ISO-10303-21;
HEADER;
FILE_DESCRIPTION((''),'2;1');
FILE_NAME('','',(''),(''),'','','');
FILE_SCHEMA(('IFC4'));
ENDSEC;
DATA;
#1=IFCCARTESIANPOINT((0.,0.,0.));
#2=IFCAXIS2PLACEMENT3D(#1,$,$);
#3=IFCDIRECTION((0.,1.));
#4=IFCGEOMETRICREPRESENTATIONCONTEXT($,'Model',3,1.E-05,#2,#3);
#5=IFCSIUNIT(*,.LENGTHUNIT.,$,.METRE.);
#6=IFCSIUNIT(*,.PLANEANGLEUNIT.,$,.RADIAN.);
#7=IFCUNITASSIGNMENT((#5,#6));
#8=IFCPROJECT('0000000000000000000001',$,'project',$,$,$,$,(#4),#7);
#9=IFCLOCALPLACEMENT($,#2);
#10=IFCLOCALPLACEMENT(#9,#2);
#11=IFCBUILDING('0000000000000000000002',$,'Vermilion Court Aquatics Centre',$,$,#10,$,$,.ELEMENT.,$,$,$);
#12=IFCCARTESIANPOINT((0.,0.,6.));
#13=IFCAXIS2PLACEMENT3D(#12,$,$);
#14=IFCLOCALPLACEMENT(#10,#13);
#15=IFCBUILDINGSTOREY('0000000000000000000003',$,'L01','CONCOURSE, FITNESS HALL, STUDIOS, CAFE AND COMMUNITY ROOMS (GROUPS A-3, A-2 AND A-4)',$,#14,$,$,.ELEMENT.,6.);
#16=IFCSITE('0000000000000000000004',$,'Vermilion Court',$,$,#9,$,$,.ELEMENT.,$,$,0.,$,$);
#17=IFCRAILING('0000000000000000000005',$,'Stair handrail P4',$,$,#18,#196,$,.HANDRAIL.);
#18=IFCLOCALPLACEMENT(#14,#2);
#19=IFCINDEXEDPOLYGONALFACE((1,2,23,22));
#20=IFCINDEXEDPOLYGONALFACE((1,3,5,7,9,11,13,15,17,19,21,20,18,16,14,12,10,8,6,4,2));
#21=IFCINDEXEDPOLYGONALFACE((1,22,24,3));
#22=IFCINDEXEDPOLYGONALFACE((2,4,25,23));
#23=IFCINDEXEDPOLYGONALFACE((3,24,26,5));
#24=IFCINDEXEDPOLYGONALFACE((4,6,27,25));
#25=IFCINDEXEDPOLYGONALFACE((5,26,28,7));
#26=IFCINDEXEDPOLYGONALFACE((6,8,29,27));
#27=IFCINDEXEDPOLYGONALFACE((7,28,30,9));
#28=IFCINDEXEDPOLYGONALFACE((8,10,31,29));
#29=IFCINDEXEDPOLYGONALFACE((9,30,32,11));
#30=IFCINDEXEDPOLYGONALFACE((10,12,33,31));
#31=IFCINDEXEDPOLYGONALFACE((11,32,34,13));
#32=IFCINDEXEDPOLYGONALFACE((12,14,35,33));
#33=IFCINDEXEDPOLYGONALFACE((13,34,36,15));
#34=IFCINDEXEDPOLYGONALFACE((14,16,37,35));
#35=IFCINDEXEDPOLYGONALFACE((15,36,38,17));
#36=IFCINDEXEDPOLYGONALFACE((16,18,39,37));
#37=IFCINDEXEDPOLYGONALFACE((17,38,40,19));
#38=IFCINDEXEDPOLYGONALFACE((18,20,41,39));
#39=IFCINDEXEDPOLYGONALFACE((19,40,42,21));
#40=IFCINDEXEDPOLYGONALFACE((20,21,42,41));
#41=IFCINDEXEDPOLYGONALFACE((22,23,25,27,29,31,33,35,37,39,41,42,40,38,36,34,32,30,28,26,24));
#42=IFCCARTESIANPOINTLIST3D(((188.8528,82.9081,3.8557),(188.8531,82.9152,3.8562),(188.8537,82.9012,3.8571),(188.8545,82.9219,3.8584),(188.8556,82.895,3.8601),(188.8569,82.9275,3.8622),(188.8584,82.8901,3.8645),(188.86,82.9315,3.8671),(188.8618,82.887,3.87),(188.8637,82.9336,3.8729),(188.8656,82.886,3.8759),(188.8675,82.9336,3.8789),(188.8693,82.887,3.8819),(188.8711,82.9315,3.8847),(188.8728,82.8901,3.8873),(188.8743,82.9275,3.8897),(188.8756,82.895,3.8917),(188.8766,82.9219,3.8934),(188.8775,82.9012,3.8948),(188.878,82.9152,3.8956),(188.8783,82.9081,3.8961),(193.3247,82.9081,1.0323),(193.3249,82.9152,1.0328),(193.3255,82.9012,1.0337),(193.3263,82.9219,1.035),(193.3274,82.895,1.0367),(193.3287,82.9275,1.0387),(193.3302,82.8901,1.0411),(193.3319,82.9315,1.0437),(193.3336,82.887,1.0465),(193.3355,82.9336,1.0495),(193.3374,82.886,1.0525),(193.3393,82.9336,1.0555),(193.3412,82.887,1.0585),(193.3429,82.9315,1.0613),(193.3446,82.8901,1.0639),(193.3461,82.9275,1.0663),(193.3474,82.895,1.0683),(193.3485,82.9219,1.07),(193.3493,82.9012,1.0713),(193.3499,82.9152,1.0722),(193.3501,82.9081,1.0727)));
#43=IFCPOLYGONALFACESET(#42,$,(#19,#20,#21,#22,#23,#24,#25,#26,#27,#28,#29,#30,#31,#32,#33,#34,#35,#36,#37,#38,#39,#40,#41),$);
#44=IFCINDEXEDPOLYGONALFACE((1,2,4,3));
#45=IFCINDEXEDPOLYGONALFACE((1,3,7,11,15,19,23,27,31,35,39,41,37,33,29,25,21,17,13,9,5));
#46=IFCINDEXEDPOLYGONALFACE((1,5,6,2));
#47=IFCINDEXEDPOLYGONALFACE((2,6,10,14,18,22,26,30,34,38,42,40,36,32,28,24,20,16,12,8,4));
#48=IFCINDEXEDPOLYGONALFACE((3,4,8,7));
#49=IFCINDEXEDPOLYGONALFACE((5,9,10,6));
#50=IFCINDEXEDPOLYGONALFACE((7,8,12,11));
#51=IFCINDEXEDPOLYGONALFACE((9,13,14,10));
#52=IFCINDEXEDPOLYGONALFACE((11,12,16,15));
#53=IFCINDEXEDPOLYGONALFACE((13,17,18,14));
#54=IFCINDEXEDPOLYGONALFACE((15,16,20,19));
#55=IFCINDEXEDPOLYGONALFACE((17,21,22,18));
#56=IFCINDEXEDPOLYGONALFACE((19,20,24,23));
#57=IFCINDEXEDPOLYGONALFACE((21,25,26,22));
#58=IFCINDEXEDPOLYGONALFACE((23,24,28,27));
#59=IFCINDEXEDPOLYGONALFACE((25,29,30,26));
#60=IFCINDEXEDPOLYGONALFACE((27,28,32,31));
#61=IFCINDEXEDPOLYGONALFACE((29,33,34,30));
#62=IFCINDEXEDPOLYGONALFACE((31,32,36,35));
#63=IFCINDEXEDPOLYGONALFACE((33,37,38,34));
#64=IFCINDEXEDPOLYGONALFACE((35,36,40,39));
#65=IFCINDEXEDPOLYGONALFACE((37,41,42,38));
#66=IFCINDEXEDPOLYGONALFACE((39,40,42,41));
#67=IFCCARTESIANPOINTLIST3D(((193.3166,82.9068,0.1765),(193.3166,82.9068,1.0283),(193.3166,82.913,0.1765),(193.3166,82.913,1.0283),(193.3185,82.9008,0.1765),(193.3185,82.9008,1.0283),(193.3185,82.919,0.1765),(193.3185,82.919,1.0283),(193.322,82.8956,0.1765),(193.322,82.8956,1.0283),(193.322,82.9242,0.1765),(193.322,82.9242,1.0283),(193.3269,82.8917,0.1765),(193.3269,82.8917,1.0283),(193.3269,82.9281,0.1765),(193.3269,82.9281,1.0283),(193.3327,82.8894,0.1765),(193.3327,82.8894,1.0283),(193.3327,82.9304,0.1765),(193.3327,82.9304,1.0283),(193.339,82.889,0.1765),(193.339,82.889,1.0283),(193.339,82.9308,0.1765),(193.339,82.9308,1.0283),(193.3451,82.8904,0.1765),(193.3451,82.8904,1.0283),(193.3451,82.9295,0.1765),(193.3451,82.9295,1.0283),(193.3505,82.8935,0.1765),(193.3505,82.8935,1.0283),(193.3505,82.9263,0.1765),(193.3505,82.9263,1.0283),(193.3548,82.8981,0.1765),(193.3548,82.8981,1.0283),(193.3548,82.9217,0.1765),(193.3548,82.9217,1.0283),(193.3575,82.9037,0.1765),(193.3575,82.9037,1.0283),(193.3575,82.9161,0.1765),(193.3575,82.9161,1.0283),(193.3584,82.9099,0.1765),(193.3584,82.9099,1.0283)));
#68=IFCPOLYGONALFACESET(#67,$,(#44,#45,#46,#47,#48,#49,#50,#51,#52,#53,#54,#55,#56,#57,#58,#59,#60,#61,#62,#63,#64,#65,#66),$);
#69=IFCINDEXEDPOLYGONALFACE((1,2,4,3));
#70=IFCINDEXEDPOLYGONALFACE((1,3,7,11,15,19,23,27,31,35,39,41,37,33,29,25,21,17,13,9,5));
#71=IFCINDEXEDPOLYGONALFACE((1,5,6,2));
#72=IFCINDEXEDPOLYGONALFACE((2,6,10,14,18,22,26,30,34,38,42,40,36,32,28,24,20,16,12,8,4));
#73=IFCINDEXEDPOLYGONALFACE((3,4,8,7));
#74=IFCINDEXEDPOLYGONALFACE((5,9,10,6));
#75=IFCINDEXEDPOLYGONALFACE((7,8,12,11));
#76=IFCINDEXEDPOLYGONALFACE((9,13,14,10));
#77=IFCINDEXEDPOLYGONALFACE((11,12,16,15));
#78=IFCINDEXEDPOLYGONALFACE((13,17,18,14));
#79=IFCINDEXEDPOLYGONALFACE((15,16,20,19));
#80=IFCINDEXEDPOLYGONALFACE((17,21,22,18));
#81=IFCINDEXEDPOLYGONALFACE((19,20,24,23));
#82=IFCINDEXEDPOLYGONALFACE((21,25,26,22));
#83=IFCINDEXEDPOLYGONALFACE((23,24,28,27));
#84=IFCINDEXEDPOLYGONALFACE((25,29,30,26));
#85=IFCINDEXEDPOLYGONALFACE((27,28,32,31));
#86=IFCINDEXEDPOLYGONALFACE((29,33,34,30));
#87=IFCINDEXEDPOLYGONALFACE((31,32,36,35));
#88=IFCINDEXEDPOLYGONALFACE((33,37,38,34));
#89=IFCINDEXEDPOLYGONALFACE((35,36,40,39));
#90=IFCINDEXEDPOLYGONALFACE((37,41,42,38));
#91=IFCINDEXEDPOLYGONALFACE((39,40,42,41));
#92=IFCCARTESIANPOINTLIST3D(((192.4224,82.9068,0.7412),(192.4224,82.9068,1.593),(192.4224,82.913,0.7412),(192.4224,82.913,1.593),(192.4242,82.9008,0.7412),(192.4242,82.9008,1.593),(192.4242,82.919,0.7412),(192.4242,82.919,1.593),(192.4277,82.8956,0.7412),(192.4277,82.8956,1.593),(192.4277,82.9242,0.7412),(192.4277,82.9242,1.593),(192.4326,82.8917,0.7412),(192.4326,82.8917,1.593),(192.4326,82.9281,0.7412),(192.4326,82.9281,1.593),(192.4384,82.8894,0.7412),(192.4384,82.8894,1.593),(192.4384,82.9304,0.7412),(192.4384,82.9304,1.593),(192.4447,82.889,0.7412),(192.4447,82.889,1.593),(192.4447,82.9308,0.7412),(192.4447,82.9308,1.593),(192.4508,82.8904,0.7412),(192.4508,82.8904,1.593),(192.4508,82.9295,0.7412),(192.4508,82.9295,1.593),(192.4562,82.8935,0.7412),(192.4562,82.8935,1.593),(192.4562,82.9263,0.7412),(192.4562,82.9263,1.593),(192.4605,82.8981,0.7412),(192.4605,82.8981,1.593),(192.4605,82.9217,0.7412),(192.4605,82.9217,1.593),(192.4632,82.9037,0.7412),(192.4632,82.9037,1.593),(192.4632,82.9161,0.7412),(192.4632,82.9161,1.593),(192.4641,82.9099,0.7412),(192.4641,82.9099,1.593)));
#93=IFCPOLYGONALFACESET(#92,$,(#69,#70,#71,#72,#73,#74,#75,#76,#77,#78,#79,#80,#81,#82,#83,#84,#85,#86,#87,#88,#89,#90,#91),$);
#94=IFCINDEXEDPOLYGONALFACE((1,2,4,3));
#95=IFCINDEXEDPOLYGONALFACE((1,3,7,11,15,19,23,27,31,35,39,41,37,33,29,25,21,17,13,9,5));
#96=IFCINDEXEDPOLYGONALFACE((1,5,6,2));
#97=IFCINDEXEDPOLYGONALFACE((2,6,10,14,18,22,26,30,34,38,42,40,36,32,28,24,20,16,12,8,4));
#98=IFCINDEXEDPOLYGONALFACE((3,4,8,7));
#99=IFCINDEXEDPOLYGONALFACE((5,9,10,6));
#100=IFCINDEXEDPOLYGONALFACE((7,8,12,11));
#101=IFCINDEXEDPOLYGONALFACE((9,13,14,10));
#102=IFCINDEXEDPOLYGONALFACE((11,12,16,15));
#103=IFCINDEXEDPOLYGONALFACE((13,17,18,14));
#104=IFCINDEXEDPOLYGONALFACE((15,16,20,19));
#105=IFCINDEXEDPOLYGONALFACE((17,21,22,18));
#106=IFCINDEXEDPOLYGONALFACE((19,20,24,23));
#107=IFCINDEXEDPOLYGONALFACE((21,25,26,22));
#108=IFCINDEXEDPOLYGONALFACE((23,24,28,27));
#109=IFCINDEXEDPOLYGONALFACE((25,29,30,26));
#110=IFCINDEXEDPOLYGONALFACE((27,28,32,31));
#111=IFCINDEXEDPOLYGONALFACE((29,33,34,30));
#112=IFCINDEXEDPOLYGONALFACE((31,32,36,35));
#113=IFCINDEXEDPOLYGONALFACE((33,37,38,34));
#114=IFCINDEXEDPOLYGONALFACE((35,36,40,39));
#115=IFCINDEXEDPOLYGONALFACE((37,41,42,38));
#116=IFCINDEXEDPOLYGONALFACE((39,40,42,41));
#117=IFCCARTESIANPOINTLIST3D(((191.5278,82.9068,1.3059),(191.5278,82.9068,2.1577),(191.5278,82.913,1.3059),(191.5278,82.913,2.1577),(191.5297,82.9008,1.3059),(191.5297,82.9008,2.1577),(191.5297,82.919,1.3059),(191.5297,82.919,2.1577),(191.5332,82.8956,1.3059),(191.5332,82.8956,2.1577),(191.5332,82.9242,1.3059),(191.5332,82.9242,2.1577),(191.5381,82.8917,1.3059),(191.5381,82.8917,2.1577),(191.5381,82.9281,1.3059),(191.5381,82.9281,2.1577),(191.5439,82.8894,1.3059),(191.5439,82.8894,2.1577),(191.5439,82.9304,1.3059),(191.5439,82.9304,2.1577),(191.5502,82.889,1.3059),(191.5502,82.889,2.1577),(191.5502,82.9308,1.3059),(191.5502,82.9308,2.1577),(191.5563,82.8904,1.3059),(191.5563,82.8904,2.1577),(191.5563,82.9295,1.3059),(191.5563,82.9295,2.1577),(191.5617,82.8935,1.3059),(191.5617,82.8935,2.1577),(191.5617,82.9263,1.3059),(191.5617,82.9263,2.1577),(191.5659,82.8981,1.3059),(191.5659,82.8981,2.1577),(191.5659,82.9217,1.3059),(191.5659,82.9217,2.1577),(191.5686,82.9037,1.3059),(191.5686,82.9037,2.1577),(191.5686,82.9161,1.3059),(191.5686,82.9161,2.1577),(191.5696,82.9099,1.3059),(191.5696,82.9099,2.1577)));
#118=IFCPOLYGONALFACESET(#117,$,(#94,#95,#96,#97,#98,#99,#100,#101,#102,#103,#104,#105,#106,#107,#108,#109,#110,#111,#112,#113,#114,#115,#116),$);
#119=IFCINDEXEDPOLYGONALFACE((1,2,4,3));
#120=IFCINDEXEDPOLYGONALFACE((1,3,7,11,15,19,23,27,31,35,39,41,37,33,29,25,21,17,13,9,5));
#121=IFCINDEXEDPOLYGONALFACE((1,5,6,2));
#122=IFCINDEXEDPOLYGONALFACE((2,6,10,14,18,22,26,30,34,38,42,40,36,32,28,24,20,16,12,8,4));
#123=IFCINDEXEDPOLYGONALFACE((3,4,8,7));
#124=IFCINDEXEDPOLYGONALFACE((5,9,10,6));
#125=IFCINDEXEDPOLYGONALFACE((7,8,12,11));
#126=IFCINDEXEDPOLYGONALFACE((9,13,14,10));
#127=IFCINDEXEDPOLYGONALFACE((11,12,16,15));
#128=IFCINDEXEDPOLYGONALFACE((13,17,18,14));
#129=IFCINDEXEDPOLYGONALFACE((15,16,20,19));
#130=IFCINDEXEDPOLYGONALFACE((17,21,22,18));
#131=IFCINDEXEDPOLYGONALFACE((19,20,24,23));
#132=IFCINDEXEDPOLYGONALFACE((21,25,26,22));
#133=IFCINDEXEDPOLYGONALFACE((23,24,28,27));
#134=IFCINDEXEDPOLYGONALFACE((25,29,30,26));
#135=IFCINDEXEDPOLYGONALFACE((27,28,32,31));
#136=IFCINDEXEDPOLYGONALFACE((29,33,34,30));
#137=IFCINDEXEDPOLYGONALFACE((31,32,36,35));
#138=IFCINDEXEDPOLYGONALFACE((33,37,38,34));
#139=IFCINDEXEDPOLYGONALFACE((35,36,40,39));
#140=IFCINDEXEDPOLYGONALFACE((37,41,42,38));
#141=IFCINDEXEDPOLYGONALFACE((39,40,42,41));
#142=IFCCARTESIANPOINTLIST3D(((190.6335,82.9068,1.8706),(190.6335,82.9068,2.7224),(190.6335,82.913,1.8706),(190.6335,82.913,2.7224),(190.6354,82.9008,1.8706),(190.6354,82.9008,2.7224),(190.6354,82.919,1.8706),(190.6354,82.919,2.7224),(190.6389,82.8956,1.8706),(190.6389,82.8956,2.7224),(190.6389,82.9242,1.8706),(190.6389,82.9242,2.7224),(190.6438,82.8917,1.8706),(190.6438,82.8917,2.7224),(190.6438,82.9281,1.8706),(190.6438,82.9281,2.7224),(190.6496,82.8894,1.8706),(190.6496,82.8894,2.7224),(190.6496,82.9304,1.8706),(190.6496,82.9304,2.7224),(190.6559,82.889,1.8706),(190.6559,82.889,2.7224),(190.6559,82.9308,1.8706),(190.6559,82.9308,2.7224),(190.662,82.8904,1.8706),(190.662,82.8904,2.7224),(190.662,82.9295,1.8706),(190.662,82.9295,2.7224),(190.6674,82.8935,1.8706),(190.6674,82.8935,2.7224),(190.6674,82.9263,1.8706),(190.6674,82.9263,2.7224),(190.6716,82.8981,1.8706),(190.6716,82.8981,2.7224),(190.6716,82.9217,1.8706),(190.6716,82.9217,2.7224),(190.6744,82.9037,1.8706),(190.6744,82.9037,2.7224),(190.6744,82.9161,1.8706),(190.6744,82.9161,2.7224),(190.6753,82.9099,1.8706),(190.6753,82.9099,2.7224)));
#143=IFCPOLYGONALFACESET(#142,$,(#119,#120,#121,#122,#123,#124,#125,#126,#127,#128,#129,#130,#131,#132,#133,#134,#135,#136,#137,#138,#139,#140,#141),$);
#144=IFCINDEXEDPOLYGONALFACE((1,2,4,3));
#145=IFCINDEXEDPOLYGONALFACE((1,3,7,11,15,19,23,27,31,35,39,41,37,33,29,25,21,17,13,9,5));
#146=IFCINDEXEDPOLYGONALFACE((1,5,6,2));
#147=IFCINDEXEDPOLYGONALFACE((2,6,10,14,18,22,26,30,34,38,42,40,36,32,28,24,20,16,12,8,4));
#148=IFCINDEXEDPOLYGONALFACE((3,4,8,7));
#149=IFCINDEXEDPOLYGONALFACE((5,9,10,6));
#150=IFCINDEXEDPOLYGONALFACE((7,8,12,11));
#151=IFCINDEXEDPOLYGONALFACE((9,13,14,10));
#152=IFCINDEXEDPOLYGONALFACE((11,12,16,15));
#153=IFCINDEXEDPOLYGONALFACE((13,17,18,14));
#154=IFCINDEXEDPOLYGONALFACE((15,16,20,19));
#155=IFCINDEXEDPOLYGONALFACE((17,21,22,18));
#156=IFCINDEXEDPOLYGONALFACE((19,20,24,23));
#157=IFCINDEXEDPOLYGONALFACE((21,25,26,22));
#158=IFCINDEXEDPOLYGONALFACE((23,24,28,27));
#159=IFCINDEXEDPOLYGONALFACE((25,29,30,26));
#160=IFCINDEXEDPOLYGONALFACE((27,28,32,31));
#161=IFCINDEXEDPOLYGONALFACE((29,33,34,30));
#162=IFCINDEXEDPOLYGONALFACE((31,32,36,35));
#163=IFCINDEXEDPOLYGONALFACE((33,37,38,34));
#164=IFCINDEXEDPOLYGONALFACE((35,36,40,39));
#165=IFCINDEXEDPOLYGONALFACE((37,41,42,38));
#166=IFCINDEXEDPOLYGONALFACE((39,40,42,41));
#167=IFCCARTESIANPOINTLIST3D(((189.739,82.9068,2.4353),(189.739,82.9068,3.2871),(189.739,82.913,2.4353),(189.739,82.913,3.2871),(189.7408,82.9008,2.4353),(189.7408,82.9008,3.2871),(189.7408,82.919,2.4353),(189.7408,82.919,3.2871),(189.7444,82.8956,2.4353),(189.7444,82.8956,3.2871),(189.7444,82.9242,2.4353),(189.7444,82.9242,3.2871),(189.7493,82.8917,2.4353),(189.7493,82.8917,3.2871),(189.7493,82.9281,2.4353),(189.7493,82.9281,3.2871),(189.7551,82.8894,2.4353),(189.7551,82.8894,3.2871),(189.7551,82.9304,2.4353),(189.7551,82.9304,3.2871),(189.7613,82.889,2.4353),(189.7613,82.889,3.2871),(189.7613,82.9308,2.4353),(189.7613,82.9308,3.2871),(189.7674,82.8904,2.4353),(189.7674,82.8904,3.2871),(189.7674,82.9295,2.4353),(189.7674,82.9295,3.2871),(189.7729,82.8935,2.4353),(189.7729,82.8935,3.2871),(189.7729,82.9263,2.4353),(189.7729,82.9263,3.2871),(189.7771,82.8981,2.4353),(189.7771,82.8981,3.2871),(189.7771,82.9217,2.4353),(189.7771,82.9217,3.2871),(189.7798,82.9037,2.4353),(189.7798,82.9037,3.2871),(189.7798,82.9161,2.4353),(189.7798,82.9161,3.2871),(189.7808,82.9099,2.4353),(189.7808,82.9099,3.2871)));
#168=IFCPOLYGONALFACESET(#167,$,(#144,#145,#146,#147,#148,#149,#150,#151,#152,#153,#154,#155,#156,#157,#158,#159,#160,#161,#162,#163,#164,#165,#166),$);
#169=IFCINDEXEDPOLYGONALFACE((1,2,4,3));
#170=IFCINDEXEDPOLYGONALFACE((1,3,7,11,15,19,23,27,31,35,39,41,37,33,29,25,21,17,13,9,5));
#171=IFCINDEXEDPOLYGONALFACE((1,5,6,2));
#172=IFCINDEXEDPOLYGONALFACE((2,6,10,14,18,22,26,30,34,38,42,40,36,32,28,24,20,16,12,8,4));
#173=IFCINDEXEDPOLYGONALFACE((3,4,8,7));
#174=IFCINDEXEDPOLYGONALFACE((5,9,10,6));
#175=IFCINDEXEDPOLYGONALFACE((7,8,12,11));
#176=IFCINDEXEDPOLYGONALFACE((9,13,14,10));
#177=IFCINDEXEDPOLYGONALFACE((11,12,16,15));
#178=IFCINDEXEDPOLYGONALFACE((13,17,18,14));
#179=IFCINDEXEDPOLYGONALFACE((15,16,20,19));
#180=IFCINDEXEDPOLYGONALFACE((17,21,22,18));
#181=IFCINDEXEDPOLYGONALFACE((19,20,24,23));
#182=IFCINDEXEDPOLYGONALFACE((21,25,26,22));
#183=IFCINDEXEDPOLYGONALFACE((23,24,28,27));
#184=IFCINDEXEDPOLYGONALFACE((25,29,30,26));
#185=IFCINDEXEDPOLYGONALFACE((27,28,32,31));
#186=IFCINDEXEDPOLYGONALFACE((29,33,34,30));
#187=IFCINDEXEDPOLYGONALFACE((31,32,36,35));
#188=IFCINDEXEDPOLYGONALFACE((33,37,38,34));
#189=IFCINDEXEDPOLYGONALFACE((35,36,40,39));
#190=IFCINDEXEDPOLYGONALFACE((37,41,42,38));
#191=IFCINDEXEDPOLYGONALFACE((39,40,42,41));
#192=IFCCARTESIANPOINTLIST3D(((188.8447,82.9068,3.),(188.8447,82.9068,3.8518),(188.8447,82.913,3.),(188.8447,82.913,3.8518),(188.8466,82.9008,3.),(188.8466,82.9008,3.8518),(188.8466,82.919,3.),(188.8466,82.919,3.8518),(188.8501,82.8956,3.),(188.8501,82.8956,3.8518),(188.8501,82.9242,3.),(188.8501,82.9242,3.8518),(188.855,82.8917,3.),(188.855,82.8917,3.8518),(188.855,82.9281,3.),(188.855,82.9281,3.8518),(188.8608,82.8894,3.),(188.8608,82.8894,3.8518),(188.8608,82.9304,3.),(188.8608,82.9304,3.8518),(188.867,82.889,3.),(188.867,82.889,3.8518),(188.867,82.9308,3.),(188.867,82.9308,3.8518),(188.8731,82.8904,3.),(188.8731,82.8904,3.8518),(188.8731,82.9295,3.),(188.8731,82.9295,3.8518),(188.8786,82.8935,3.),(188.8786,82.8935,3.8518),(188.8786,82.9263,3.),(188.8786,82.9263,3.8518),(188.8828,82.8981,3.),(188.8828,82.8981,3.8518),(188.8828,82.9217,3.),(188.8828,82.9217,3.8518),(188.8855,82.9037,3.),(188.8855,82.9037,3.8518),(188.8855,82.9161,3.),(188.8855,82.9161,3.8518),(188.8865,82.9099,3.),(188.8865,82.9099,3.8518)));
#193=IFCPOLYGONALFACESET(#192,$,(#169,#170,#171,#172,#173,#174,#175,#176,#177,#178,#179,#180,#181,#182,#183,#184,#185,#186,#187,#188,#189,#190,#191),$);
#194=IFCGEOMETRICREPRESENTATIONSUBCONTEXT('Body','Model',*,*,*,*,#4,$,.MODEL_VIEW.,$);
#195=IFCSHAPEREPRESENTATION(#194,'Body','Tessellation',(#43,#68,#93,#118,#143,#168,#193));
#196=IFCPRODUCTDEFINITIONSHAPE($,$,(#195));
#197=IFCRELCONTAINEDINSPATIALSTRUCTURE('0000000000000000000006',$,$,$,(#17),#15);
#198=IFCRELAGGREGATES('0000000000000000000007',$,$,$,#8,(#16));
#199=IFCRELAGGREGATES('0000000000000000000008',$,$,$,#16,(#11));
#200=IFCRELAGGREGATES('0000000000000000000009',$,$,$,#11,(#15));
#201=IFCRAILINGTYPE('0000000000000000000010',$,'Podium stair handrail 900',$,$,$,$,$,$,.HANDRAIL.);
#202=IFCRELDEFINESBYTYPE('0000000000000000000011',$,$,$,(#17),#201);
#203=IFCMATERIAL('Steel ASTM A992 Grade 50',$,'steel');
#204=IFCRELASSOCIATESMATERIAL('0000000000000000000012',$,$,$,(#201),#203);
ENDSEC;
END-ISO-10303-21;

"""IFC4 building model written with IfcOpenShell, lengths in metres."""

from ifc_helpers import new_model, si_unit, direction, frame, origin, origin_2d, place, context, subcontext, project, spatial, circle, extrude, material, type_object, element, save


model = new_model("IFC4")

# Units and contexts
model_context = context("Model", 3, precision=1e-05, world=origin(), true_north=direction((0.0, 1.0)))
body_context = subcontext(model_context, "Body", "Model", "MODEL_VIEW")
ifc_project = project(units=[si_unit("LENGTHUNIT", "METRE"), si_unit("PLANEANGLEUNIT", "RADIAN")], contexts=[model_context])

# Site, building, storey
site_placement = place(None, origin())
site = spatial("IfcSite", under=ifc_project, at=site_placement, Name="Vermilion Court", CompositionType="ELEMENT", RefElevation=0.0)
building_placement = place(site_placement, origin())
building = spatial("IfcBuilding", under=site, at=building_placement, Name="Vermilion Court Aquatics Centre", CompositionType="ELEMENT")
storey_placement = place(building_placement, frame((0.0, 0.0, 6.0)))
storey = spatial("IfcBuildingStorey", under=building, at=storey_placement, Name="L01", Description="CONCOURSE, FITNESS HALL, STUDIOS, CAFE AND COMMUNITY ROOMS (GROUPS A-3, A-2 AND A-4)", CompositionType="ELEMENT", Elevation=6.0)

# Railing
ifc_material_1 = material(Name="Steel ASTM A992 Grade 50", Category="steel")
railing_type_1 = type_object("IfcRailingType", Name="Podium stair handrail 900", PredefinedType="HANDRAIL", material=ifc_material_1)
for number, where, name in (
    (1, (193.3374, 82.9099, 0.1765), "Stair handrail P4"),
):
    element("IfcRailing", number, at=place(storey_placement, frame(where)), inside=storey, type_object=railing_type_1, Name=name, PredefinedType="HANDRAIL", context=body_context, shape_type="SweptSolid", body=[
        extrude(circle(Radius=0.0239, at=origin_2d()), frame((0.0, 0.0, 0.876), z_axis=(-0.845565, 0.0, 0.533873), x_axis=(0.0, -1.0, 0.0)), (0.0, 0.0, 1.0), 5.2886),
        extrude(circle(Radius=0.021, at=origin_2d()), origin(), (0.0, 0.0, 1.0), 0.8518),
        extrude(circle(Radius=0.021, at=origin_2d()), frame((-0.8943, 0.0, 0.5647)), (0.0, 0.0, 1.0), 0.8518),
        extrude(circle(Radius=0.021, at=origin_2d()), frame((-1.7888, 0.0, 1.1294)), (0.0, 0.0, 1.0), 0.8518),
        extrude(circle(Radius=0.021, at=origin_2d()), frame((-2.6831, 0.0, 1.6941)), (0.0, 0.0, 1.0), 0.8518),
        extrude(circle(Radius=0.021, at=origin_2d()), frame((-3.5776, 0.0, 2.2588)), (0.0, 0.0, 1.0), 0.8518),
        extrude(circle(Radius=0.021, at=origin_2d()), frame((-4.4719, 0.0, 2.8235)), (0.0, 0.0, 1.0), 0.8518),
    ])

save(model, "model.ifc")
